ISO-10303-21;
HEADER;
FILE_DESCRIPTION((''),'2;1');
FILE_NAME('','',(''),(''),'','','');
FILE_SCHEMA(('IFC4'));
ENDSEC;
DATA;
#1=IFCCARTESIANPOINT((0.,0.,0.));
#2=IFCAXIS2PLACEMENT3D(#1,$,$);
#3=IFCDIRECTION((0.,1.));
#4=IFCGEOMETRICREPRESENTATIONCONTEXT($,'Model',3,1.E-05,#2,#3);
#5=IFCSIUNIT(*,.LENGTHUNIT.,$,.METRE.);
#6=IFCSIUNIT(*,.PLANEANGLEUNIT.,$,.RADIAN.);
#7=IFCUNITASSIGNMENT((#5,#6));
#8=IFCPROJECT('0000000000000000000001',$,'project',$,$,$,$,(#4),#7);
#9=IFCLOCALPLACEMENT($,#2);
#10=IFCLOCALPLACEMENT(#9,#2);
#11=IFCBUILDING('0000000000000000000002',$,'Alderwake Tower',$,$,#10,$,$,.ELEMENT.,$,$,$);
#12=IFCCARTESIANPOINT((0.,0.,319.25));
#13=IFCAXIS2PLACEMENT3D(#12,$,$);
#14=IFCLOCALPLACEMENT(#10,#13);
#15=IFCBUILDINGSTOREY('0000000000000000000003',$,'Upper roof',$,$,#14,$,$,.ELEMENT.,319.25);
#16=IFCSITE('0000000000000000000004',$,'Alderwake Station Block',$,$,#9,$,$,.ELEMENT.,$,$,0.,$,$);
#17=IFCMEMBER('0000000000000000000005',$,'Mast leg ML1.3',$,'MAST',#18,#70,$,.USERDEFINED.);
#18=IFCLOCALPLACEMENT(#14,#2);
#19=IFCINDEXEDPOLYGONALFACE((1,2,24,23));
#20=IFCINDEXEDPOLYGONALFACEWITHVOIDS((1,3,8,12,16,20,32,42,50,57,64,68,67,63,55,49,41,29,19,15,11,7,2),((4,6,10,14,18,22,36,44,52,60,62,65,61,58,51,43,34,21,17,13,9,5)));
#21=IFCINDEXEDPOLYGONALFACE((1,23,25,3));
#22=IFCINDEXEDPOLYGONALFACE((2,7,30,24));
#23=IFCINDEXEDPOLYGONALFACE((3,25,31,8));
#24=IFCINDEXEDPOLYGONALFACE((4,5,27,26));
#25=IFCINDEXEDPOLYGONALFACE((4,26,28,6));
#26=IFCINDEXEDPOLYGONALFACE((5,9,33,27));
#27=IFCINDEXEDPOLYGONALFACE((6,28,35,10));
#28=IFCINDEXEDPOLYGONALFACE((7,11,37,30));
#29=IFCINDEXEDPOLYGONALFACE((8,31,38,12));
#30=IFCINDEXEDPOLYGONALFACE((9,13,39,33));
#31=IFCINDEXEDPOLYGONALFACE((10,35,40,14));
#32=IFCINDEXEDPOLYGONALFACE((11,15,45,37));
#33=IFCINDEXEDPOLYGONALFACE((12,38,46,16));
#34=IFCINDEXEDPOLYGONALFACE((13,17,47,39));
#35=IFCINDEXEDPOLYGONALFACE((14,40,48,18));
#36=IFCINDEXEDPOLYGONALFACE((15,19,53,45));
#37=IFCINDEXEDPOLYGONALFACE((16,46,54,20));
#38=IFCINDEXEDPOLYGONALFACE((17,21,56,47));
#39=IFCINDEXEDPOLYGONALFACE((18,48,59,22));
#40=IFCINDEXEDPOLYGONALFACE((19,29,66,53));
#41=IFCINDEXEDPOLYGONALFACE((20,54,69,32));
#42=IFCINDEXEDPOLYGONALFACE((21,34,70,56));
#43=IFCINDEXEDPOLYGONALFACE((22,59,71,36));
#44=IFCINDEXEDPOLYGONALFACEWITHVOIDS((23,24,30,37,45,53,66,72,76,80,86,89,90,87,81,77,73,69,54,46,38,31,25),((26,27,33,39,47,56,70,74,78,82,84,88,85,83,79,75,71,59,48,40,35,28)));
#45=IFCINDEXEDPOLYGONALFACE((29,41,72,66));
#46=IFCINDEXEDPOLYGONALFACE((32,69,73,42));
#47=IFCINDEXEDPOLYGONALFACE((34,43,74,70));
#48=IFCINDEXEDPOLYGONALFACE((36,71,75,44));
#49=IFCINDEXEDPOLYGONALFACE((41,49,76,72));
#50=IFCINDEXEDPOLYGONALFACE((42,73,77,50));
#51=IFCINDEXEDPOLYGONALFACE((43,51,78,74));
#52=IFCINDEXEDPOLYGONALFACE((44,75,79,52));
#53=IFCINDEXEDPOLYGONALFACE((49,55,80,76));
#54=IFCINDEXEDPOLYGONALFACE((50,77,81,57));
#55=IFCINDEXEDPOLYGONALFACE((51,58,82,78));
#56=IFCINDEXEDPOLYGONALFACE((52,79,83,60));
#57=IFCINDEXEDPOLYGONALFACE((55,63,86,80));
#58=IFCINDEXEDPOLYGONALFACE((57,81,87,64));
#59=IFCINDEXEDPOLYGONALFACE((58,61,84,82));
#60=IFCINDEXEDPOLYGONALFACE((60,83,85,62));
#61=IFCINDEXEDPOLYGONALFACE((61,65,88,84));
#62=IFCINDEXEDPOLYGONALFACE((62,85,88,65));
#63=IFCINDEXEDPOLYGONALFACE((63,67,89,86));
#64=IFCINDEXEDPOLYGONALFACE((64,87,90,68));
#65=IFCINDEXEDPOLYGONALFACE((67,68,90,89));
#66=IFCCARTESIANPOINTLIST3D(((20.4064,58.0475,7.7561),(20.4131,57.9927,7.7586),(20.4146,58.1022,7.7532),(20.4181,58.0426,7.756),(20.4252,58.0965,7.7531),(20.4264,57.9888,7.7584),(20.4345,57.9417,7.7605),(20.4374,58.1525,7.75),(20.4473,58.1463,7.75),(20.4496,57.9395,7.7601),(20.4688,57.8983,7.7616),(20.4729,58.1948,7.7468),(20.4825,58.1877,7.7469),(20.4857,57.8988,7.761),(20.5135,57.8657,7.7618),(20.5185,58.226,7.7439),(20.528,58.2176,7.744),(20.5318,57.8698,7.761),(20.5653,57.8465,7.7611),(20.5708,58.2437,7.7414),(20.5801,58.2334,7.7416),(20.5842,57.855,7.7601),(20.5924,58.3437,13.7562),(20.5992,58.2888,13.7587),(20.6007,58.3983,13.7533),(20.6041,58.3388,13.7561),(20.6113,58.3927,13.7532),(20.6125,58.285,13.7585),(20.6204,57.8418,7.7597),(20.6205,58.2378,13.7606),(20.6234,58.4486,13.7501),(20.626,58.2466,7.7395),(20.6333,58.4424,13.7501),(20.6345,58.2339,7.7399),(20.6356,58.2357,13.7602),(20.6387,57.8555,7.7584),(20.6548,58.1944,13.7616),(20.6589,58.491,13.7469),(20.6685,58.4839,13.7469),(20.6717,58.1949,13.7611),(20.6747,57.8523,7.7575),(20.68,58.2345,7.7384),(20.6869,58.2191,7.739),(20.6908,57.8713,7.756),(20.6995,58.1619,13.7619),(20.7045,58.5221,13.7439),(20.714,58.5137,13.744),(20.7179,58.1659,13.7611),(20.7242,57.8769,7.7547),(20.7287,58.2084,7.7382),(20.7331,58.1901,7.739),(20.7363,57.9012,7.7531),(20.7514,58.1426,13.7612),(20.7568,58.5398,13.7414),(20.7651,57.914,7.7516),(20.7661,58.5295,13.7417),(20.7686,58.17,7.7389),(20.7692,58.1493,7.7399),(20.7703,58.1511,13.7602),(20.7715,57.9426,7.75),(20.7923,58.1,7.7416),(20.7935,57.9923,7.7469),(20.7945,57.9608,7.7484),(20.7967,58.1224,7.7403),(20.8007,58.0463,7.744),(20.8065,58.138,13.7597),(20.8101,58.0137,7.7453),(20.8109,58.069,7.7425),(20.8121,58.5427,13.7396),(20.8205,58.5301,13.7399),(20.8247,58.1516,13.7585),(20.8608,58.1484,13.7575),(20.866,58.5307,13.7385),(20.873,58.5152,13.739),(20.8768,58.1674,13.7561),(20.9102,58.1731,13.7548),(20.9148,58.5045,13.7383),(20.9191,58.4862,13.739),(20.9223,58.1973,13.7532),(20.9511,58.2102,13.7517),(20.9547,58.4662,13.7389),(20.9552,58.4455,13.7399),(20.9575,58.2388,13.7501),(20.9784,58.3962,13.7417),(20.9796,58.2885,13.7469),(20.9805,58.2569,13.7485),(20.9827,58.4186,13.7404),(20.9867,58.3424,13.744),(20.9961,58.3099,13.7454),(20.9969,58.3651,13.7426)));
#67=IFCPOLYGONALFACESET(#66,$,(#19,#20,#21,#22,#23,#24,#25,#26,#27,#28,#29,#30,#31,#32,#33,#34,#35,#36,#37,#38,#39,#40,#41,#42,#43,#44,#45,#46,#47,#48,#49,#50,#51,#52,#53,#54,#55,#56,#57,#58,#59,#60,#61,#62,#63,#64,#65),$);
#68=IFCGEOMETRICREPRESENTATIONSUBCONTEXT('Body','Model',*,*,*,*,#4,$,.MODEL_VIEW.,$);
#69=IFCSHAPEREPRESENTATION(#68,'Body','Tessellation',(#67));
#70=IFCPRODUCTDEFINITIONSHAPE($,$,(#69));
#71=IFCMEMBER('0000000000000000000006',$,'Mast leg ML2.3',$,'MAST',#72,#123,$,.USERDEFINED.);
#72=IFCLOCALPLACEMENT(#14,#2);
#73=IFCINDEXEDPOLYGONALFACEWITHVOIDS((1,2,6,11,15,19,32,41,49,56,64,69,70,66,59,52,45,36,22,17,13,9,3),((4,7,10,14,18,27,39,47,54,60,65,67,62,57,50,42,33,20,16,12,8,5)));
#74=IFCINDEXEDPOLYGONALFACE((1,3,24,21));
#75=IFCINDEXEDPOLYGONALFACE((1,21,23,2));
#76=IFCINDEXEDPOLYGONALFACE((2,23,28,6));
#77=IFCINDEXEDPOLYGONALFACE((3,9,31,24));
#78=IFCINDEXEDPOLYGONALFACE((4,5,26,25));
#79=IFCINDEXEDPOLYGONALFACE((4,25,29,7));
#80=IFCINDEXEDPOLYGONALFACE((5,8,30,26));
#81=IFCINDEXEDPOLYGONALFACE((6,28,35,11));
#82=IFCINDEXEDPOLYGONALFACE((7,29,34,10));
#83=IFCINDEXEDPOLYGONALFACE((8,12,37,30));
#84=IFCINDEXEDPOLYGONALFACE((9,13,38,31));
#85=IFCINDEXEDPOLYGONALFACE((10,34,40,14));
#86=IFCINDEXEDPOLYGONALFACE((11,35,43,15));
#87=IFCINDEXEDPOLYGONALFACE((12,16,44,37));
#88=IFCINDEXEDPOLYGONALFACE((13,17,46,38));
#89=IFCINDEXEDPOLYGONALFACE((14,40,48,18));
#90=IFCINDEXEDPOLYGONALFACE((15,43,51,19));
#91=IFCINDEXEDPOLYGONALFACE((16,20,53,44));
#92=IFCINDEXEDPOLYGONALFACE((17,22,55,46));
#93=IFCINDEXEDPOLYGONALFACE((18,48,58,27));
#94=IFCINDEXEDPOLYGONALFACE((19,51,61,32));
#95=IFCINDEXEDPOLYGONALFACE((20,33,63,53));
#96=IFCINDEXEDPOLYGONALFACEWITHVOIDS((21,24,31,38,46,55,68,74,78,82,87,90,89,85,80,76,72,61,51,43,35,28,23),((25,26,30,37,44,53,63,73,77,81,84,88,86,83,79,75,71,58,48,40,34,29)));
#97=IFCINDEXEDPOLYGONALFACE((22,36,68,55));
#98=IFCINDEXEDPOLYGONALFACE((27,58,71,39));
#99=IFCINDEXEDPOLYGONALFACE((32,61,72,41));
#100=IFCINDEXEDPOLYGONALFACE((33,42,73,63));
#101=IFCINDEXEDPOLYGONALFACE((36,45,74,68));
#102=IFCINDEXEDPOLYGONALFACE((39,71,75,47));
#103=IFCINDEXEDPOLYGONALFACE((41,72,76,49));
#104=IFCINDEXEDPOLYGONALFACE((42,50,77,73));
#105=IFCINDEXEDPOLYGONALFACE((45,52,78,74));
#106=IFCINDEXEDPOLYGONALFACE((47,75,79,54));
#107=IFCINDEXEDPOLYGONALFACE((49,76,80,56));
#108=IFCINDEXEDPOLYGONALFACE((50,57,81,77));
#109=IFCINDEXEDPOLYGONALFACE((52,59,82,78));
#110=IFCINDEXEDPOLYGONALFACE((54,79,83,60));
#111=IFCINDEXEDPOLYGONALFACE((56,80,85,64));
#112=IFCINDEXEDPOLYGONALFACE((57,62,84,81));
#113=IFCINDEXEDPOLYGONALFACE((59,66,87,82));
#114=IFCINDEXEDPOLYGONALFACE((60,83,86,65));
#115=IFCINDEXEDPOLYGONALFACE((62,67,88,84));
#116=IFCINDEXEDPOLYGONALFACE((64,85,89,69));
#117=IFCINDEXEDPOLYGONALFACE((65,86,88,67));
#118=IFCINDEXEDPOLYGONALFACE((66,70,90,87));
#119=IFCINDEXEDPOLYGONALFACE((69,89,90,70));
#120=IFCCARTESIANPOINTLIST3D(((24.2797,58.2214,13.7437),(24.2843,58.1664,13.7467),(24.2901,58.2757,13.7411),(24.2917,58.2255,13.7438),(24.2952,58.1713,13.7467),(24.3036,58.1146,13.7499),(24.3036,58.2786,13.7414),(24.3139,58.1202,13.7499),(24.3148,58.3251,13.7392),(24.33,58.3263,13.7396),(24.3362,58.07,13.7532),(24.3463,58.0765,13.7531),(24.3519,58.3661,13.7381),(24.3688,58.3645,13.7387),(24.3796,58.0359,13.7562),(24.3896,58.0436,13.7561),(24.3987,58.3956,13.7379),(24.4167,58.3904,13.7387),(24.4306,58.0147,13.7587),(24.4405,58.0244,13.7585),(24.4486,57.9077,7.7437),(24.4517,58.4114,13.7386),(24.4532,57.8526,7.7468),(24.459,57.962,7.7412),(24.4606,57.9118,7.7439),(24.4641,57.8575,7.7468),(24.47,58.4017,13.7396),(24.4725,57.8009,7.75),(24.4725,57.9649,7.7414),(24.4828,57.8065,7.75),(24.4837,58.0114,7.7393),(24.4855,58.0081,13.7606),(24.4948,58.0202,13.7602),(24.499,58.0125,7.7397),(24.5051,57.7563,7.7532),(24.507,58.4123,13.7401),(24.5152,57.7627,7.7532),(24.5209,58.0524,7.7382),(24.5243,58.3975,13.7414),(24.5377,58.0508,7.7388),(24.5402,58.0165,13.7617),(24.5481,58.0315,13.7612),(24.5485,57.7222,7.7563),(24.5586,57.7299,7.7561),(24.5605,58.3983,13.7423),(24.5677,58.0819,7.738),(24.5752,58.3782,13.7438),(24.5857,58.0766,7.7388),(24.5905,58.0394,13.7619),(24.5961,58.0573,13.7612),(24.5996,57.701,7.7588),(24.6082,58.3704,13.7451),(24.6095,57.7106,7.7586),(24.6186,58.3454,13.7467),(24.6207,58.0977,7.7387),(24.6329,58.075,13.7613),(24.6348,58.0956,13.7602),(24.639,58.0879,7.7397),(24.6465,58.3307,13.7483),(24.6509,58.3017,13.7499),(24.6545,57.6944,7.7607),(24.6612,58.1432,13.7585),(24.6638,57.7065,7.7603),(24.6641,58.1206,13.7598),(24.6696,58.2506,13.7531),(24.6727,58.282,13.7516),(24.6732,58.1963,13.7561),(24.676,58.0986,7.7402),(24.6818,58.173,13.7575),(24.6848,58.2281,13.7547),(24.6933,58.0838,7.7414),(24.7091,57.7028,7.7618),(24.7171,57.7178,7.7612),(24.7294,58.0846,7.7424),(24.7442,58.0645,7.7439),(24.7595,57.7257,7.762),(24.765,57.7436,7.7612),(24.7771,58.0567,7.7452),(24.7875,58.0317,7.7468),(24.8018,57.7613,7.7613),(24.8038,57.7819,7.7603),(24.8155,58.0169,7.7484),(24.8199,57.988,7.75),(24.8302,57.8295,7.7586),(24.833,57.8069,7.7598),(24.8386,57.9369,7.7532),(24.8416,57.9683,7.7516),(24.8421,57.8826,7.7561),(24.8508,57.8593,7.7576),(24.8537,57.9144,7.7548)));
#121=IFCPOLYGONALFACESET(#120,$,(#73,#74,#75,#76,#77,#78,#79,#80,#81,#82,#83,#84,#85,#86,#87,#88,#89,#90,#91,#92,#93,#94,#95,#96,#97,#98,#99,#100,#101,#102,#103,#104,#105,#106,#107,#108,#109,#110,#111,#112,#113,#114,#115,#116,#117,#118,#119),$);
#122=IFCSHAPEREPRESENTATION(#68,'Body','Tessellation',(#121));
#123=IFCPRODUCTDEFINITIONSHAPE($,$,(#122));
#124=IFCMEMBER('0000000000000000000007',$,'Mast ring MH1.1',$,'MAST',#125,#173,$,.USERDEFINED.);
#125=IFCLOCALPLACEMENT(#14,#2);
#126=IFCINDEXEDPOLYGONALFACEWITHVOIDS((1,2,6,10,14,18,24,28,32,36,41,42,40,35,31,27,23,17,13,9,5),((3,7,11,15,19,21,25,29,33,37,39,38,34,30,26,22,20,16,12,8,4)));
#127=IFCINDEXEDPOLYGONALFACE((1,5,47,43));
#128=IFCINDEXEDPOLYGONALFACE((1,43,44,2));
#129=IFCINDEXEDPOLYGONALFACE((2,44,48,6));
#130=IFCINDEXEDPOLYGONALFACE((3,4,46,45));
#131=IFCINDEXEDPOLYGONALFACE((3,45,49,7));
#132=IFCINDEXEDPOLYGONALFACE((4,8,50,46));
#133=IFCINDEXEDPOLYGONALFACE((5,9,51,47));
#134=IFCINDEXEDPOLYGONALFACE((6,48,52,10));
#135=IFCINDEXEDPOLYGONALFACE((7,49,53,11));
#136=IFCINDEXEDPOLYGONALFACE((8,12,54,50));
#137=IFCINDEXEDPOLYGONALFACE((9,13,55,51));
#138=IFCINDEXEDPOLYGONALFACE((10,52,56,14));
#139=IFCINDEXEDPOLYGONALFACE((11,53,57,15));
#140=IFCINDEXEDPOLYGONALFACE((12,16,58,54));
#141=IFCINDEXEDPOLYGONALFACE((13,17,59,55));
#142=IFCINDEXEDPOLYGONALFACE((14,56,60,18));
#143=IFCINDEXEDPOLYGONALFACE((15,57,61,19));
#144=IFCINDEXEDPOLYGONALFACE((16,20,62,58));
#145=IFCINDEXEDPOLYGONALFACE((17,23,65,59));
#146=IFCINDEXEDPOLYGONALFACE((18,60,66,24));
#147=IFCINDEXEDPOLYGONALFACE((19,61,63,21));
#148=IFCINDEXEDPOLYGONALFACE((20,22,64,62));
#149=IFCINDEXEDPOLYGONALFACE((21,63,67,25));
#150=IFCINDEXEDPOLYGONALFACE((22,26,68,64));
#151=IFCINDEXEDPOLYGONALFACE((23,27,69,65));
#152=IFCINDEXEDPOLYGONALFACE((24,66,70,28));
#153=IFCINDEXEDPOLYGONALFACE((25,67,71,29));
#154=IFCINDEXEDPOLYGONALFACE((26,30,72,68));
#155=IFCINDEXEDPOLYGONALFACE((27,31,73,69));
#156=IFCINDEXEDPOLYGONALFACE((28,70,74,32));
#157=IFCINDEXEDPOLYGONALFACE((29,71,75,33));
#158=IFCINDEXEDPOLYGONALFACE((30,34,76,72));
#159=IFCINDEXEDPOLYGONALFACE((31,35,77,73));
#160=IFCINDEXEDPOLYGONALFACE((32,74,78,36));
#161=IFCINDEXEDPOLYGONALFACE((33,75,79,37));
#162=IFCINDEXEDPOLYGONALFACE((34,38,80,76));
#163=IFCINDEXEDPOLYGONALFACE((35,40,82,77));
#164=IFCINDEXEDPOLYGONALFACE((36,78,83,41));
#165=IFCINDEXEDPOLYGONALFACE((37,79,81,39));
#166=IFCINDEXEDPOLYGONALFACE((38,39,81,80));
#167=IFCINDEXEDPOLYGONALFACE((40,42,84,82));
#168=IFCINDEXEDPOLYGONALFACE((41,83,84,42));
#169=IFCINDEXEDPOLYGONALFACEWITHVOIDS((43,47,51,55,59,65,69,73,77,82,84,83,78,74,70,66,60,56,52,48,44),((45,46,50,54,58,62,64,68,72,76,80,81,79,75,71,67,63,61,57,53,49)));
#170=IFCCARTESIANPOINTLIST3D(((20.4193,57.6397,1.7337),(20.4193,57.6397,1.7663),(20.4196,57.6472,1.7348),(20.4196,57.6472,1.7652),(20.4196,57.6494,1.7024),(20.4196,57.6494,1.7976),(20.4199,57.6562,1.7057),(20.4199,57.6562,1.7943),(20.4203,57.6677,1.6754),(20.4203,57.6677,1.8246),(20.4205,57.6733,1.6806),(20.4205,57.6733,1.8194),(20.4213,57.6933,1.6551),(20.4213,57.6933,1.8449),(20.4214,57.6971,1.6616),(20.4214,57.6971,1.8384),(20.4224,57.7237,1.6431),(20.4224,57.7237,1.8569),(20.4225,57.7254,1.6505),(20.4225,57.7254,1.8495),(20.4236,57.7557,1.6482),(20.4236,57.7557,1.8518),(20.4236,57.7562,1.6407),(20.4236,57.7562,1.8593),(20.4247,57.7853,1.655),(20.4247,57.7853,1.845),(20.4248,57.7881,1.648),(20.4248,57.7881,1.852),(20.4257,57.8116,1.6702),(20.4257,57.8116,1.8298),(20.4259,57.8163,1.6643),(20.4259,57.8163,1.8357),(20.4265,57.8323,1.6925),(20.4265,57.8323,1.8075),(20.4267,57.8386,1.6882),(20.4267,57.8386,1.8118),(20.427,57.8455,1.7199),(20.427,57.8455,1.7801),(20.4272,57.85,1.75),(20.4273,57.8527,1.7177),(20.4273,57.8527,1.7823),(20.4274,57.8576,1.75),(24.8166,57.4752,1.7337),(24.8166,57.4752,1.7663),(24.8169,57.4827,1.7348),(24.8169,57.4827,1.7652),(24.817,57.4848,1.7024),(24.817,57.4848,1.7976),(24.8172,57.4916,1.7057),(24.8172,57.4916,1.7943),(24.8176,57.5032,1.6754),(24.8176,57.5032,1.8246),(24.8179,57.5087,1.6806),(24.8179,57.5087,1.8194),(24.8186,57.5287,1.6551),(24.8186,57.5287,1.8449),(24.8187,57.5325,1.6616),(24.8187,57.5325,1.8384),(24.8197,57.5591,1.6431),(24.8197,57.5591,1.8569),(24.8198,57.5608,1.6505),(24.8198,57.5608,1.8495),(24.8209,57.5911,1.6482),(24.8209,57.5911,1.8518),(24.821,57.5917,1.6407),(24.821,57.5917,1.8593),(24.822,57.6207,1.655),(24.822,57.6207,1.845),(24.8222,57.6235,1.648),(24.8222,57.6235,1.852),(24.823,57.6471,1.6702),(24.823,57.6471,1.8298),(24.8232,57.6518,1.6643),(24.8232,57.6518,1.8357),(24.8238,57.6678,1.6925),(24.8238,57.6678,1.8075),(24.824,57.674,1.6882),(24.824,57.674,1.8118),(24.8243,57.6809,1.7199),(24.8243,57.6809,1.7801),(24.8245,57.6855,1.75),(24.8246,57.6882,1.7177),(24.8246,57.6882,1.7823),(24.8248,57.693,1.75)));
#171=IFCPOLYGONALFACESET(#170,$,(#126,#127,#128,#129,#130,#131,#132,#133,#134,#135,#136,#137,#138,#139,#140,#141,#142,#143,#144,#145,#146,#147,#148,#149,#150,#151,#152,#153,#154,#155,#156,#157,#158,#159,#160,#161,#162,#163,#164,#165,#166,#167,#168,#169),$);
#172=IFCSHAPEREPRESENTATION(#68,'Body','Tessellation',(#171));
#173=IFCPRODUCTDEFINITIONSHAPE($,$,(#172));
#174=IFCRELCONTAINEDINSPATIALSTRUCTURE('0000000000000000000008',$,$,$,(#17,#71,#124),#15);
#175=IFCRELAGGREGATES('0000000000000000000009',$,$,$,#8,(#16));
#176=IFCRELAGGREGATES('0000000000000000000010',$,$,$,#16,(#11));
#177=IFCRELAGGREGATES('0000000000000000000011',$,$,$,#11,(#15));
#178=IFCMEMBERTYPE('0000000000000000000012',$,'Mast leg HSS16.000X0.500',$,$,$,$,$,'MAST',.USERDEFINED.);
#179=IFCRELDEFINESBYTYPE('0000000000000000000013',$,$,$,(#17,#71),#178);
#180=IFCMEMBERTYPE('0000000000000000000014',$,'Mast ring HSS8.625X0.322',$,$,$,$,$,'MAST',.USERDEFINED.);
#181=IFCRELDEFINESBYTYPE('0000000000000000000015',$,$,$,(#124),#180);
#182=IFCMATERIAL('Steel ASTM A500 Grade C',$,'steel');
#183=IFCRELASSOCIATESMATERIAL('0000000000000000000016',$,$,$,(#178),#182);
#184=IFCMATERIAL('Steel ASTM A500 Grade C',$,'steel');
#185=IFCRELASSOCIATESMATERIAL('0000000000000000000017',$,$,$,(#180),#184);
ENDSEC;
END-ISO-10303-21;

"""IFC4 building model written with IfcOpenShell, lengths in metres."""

from ifc_helpers import new_model, si_unit, direction, frame, origin, origin_2d, place, context, subcontext, project, spatial, hollow_circle, extrude, material, material_profile, profile_set, type_object, element, save


model = new_model("IFC4")

# Units and contexts
model_context = context("Model", 3, precision=1e-05, world=origin(), true_north=direction((0.0, 1.0)))
body_context = subcontext(model_context, "Body", "Model", "MODEL_VIEW")
ifc_project = project(units=[si_unit("LENGTHUNIT", "METRE"), si_unit("PLANEANGLEUNIT", "RADIAN")], contexts=[model_context])

# Site, building, storey
site_placement = place(None, origin())
site = spatial("IfcSite", under=ifc_project, at=site_placement, Name="Alderwake Station Block", CompositionType="ELEMENT", RefElevation=0.0)
building_placement = place(site_placement, origin())
building = spatial("IfcBuilding", under=site, at=building_placement, Name="Alderwake Tower", CompositionType="ELEMENT")
storey_placement = place(building_placement, frame((0.0, 0.0, 319.25)))
storey = spatial("IfcBuildingStorey", under=building, at=storey_placement, Name="Upper roof", CompositionType="ELEMENT", Elevation=319.25)

# Members
ifc_material_1 = material(Name="Steel ASTM A500 Grade C", Category="steel")
ifc_material_profile_1 = material_profile(ifc_material_1, hollow_circle(Radius=0.2031, WallThickness=0.0117, at=origin_2d()), Name="HSS16.000X0.500")
ifc_profile_set_1 = profile_set([ifc_material_profile_1], Name="Steel ASTM A500 Grade C")
member_type_1 = type_object("IfcMemberType", Name="Mast leg HSS16.000X0.500", ElementType="MAST", PredefinedType="USERDEFINED", material=ifc_profile_set_1)
member_1_placement = place(storey_placement, frame((20.6094, 58.0444, 7.75), z_axis=(0.030953, 0.049273, 0.998306), x_axis=(-0.84678, 0.531943, 0.0)))
element("IfcMember", 1, at=member_1_placement, inside=storey, type_object=member_type_1, Name="Mast leg ML1.3", ObjectType="MAST", PredefinedType="USERDEFINED", context=body_context, shape_type="SweptSolid", body=[
    extrude(hollow_circle(Radius=0.2031, WallThickness=0.0117, at=origin_2d()), origin(), (0.0, 0.0, 1.0), 6.0103),
])
member_2_placement = place(storey_placement, frame((24.6514, 57.8972, 7.75), z_axis=(-0.028108, 0.052195, 0.998241), x_axis=(-0.880449, -0.474141, 0.0)))
element("IfcMember", 2, at=member_2_placement, inside=storey, type_object=member_type_1, Name="Mast leg ML2.3", ObjectType="MAST", PredefinedType="USERDEFINED", context=body_context, shape_type="SweptSolid", body=[
    extrude(hollow_circle(Radius=0.2031, WallThickness=0.0117, at=origin_2d()), origin(), (0.0, 0.0, 1.0), 6.0105),
])
ifc_material_2 = material(Name="Steel ASTM A500 Grade C", Category="steel")
ifc_material_profile_2 = material_profile(ifc_material_2, hollow_circle(Radius=0.1096, WallThickness=0.0076, at=origin_2d()), Name="HSS8.625X0.322")
ifc_profile_set_2 = profile_set([ifc_material_profile_2], Name="Steel ASTM A500 Grade C")
member_type_2 = type_object("IfcMemberType", Name="Mast ring HSS8.625X0.322", ElementType="MAST", PredefinedType="USERDEFINED", material=ifc_profile_set_2)
member_3_placement = place(storey_placement, frame((20.4233, 57.748, 1.75), z_axis=(0.999301, -0.037395, 0.0), x_axis=(0.037395, 0.999301, 0.0)))
element("IfcMember", 3, at=member_3_placement, inside=storey, type_object=member_type_2, Name="Mast ring MH1.1", ObjectType="MAST", PredefinedType="USERDEFINED", context=body_context, shape_type="SweptSolid", body=[
    extrude(hollow_circle(Radius=0.1096, WallThickness=0.0076, at=origin_2d()), origin(), (0.0, 0.0, 1.0), 4.4004),
])

save(model, "model.ifc")
